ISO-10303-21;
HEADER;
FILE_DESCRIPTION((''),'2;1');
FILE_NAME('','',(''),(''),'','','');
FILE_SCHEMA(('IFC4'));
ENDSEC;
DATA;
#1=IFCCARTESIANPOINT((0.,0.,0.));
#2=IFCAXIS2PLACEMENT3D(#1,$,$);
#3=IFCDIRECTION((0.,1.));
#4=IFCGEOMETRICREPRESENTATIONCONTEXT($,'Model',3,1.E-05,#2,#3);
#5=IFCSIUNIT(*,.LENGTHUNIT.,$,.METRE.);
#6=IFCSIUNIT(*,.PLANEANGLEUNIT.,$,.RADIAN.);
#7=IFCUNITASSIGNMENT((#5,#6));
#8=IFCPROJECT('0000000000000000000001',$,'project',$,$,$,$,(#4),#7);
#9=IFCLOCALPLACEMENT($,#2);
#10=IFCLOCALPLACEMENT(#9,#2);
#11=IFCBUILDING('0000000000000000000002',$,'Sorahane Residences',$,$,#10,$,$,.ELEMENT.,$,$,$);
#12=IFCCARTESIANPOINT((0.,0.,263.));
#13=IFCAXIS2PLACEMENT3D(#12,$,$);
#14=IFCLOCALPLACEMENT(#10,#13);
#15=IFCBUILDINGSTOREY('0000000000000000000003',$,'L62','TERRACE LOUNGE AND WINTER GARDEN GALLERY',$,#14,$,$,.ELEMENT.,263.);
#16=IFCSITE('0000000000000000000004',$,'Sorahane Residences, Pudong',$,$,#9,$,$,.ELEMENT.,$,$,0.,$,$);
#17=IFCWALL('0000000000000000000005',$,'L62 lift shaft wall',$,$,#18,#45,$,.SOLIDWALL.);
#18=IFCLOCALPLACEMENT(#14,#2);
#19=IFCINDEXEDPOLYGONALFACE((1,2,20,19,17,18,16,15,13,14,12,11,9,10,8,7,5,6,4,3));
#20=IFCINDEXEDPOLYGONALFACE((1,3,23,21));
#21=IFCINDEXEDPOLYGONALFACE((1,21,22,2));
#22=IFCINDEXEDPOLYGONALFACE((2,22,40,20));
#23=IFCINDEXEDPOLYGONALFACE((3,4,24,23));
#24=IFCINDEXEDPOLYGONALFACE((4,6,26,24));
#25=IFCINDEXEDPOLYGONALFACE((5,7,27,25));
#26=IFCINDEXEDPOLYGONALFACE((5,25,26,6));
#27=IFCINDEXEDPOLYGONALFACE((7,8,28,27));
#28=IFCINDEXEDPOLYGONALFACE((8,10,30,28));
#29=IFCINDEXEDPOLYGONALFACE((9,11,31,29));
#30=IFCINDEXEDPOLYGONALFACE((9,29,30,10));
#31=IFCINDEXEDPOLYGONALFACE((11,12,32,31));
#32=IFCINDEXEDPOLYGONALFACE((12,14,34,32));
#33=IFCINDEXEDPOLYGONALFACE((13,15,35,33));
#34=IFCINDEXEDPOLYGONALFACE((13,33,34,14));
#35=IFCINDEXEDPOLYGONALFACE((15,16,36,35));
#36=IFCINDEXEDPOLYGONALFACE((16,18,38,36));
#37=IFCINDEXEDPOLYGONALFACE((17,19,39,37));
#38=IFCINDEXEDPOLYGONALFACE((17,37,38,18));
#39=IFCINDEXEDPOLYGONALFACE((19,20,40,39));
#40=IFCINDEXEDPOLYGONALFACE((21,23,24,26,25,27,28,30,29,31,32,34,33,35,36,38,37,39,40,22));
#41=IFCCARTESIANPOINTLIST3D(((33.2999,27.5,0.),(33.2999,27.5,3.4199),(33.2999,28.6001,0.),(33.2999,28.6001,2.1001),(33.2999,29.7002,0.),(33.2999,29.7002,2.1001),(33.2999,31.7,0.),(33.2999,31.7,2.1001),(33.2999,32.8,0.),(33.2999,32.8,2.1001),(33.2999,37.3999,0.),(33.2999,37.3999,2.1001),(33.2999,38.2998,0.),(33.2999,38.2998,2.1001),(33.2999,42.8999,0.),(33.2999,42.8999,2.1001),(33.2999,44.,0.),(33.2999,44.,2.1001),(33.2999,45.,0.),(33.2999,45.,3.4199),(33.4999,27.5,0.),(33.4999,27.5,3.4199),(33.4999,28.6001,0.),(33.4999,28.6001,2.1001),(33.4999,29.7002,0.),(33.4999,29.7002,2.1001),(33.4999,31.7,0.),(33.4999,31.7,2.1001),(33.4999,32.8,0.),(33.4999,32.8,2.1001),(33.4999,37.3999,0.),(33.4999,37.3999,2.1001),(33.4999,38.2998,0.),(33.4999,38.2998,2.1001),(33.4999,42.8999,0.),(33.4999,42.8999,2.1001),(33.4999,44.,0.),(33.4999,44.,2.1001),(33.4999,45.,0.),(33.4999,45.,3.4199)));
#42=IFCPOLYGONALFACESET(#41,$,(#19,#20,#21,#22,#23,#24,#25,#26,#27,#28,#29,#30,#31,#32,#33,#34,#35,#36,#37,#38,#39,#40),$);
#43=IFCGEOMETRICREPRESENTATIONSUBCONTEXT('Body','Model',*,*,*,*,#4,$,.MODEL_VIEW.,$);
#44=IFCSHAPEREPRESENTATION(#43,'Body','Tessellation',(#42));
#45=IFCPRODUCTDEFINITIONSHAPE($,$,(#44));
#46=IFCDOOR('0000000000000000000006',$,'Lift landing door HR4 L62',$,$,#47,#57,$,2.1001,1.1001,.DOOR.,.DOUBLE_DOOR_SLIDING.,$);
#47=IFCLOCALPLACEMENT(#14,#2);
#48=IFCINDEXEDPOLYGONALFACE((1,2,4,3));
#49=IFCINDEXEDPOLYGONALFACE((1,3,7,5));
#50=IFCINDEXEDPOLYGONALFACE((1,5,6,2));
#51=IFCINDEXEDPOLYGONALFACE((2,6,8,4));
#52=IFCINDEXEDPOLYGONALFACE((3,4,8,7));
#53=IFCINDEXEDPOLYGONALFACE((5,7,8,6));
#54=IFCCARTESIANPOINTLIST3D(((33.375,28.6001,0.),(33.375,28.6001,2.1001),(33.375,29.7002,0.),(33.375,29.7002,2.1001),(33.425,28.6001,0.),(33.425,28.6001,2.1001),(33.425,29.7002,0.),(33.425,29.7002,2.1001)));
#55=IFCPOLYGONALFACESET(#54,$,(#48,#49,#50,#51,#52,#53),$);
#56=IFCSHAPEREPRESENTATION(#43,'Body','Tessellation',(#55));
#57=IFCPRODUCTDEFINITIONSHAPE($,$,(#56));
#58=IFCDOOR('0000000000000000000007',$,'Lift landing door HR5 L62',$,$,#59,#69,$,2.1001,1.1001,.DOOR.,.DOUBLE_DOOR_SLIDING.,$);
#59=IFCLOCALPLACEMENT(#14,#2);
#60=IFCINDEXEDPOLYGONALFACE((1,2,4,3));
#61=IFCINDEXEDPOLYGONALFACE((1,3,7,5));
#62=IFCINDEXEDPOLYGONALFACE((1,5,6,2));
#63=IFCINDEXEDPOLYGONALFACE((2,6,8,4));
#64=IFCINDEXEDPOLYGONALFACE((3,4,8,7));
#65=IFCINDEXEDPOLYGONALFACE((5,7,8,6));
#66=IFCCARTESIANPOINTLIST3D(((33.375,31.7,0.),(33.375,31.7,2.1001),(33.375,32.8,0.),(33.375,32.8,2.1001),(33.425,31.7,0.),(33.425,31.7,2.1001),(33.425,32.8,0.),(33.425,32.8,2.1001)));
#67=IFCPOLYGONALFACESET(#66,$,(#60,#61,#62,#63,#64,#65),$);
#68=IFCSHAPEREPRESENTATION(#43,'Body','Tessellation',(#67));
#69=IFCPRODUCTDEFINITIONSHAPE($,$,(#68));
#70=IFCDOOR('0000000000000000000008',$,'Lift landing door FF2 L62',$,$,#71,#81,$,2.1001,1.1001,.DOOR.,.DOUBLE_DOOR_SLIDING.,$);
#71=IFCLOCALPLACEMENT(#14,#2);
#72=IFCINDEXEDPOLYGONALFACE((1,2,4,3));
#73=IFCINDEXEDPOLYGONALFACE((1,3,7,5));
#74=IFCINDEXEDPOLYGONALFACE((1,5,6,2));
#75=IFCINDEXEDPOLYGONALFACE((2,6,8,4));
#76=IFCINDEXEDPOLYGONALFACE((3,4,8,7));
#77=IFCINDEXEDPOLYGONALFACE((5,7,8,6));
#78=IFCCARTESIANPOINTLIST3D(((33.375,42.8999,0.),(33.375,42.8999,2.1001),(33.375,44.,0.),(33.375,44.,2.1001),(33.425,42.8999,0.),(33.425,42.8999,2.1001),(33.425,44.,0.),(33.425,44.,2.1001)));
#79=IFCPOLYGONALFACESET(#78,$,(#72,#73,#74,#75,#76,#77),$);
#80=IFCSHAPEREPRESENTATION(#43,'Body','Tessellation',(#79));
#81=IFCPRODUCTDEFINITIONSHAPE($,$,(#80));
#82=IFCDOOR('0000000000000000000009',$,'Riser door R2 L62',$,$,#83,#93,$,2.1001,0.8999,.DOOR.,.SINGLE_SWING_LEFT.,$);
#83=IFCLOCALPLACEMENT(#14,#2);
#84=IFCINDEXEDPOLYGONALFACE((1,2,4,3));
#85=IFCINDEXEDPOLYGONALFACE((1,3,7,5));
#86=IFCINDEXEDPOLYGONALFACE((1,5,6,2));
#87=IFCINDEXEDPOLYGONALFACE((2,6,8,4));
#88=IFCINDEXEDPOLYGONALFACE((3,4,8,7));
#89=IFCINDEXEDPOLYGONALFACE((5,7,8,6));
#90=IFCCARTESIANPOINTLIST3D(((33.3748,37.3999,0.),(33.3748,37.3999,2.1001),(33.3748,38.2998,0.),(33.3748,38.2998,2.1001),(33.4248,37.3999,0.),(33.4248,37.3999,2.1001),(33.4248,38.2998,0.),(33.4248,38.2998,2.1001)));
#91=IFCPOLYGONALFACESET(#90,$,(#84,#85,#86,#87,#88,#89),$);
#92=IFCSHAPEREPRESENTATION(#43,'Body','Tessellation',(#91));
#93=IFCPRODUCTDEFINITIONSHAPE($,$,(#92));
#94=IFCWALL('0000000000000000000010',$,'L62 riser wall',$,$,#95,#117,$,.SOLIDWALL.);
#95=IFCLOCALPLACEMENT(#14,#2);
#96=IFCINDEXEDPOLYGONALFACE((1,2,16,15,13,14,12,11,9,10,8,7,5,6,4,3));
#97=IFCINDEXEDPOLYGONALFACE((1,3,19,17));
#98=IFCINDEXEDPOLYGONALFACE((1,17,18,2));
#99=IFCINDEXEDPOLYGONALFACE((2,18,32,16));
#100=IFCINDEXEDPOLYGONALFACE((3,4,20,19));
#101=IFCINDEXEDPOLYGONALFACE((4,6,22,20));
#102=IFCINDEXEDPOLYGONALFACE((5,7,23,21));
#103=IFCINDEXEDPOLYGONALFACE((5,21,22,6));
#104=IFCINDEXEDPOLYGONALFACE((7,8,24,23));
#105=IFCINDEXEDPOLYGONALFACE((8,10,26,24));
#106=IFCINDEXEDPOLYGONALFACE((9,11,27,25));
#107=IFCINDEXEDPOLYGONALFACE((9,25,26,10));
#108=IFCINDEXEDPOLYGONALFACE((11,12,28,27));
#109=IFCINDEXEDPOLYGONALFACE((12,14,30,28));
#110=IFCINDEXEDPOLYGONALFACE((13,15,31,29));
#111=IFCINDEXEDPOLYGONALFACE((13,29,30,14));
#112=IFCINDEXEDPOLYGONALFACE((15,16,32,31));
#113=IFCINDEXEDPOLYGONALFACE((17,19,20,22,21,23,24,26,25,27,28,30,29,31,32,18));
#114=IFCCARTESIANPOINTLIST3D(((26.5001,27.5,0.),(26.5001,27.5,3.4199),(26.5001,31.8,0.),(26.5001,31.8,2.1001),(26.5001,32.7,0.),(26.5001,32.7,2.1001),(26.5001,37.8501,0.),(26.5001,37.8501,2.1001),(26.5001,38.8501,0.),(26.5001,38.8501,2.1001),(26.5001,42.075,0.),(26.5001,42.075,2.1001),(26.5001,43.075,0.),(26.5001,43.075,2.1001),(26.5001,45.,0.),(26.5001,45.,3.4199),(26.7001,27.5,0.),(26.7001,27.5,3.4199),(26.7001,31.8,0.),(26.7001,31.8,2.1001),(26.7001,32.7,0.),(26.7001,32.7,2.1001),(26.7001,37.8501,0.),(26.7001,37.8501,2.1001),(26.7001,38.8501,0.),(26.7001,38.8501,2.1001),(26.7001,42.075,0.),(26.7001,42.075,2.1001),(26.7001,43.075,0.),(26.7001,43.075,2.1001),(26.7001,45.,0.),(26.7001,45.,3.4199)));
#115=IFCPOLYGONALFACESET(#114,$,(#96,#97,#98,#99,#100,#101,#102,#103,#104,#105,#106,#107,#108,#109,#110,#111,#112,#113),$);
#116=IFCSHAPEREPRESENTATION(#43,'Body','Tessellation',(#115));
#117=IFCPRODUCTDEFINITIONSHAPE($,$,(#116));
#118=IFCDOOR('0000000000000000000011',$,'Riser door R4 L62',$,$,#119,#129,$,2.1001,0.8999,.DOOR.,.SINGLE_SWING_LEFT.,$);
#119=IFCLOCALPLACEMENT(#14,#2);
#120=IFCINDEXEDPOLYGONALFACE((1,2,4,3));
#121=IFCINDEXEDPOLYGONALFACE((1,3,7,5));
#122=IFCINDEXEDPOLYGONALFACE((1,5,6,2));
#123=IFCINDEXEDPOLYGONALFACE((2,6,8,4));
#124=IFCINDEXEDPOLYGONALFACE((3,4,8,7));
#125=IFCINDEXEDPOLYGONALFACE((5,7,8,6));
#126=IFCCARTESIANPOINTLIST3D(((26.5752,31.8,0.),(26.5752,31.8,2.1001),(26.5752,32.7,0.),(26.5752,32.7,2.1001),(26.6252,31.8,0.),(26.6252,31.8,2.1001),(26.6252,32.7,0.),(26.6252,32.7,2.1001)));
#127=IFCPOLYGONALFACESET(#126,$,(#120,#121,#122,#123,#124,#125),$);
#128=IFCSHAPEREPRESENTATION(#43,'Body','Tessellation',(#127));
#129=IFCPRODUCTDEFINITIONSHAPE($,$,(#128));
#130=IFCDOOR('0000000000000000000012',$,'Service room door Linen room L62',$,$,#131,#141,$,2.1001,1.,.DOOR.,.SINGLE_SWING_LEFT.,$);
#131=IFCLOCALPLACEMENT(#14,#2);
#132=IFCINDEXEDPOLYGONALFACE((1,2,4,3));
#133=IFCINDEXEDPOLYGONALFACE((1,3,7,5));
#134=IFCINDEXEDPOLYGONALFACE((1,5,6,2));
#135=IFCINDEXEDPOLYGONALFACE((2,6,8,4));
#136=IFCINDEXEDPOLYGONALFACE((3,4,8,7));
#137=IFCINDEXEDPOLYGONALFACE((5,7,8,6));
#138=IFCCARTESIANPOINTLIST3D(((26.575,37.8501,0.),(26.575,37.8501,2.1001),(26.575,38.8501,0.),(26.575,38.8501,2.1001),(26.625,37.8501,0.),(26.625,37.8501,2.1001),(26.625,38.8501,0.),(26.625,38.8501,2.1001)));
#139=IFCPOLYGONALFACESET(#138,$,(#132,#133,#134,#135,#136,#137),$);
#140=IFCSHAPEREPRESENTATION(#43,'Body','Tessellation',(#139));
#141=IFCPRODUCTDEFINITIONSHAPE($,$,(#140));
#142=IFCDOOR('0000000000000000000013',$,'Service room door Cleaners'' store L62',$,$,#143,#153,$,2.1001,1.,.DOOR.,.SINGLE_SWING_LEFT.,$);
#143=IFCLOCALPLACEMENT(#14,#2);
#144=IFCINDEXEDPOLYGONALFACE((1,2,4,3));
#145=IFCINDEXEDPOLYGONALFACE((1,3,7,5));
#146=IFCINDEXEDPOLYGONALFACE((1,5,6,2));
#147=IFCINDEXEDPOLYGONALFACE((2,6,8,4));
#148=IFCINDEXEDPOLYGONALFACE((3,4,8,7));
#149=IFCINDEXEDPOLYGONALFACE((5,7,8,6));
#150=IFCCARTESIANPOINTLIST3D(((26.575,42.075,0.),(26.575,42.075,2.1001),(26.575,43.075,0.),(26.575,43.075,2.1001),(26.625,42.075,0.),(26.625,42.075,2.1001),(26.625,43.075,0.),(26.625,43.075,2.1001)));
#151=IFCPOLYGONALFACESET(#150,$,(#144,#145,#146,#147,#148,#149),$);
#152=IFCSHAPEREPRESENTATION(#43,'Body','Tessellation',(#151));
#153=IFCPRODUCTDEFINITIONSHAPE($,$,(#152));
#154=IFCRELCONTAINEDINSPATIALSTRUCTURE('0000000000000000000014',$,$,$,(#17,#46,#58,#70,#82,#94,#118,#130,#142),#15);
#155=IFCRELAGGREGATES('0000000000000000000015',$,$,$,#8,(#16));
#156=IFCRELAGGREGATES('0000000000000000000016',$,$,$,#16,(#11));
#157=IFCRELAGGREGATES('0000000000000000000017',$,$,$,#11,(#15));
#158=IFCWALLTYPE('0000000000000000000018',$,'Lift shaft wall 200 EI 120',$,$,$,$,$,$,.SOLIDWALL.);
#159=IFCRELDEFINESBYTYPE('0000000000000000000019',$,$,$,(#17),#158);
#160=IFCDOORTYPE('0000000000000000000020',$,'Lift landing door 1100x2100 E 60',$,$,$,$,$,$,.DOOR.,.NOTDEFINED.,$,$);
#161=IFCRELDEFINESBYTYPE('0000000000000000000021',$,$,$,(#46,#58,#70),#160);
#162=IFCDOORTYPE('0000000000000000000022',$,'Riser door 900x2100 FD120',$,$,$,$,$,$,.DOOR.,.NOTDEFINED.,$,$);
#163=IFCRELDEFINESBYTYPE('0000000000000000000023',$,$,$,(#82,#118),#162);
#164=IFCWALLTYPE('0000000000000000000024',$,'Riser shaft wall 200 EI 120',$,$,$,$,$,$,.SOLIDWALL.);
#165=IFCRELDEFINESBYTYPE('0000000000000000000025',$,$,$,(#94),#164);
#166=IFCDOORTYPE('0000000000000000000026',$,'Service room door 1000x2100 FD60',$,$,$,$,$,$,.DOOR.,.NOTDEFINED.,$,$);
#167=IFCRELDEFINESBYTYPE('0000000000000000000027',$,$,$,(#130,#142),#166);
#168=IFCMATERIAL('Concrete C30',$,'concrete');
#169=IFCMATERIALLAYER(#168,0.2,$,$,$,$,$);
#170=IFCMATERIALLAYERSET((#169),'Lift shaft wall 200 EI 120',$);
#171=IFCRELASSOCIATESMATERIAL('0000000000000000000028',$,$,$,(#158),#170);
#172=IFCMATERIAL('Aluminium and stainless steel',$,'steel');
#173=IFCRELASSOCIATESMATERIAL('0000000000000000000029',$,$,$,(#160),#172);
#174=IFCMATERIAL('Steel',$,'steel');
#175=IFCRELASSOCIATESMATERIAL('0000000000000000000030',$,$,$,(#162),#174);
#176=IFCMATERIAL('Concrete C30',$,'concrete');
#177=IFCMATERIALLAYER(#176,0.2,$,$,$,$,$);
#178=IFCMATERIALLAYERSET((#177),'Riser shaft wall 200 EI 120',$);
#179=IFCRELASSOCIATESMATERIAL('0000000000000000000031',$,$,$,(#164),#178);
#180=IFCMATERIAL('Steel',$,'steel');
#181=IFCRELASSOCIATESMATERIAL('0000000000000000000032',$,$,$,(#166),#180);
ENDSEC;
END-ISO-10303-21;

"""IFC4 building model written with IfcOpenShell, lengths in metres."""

from ifc_helpers import new_model, si_unit, direction, frame, frame_2d, origin, place, context, subcontext, project, spatial, rectangle, extrude, material, layer, layer_set, type_object, element, fill, save


model = new_model("IFC4")

# Units and contexts
model_context = context("Model", 3, precision=1e-05, world=origin(), true_north=direction((0.0, 1.0)))
body_context = subcontext(model_context, "Body", "Model", "MODEL_VIEW")
ifc_project = project(units=[si_unit("LENGTHUNIT", "METRE"), si_unit("PLANEANGLEUNIT", "RADIAN")], contexts=[model_context])

# Site, building, storey
site_placement = place(None, origin())
site = spatial("IfcSite", under=ifc_project, at=site_placement, Name="Sorahane Residences, Pudong", CompositionType="ELEMENT", RefElevation=0.0)
building_placement = place(site_placement, origin())
building = spatial("IfcBuilding", under=site, at=building_placement, Name="Sorahane Residences", CompositionType="ELEMENT")
storey_placement = place(building_placement, frame((0.0, 0.0, 263.0)))
storey = spatial("IfcBuildingStorey", under=building, at=storey_placement, Name="L62", Description="TERRACE LOUNGE AND WINTER GARDEN GALLERY", CompositionType="ELEMENT", Elevation=263.0)

# Walls, openings, doors
ifc_material_1 = material(Name="Concrete C30", Category="concrete")
ifc_layer_1 = layer(ifc_material_1, 0.2)
ifc_layer_set_1 = layer_set([ifc_layer_1], Name="Lift shaft wall 200 EI 120")
wall_type_1 = type_object("IfcWallType", Name="Lift shaft wall 200 EI 120", PredefinedType="SOLIDWALL", material=ifc_layer_set_1)
wall_1_placement = place(storey_placement, frame((33.3999, 27.5, 0.0), z_axis=(0.0, 0.0, 1.0), x_axis=(0.0, 1.0, 0.0)))
wall_1 = element("IfcWall", 1, at=wall_1_placement, inside=storey, type_object=wall_type_1, Name="L62 lift shaft wall", PredefinedType="SOLIDWALL", context=body_context, shape_type="SweptSolid", body=[
    extrude(rectangle(XDim=17.5, YDim=0.2, at=frame_2d((8.75, 0.0))), origin(), (0.0, 0.0, 1.0), 3.4199),
])
opening_1_placement = place(wall_1_placement, frame((1.1001, 0.0, 0.0)))
opening_1 = element("IfcOpeningElement", 2, at=opening_1_placement, cuts=wall_1, PredefinedType="OPENING", context=body_context, shape_type="SweptSolid", body=[
    extrude(rectangle(XDim=1.1001, YDim=2.1001, at=frame_2d((0.55, 1.05))), frame((0.0, 0.1099, 0.0), z_axis=(0.0, -1.0, 0.0), x_axis=(1.0, 0.0, 0.0)), (0.0, 0.0, 1.0), 0.22),
])
opening_2_placement = place(wall_1_placement, frame((4.2, 0.0, 0.0)))
opening_2 = element("IfcOpeningElement", 3, at=opening_2_placement, cuts=wall_1, PredefinedType="OPENING", context=body_context, shape_type="SweptSolid", body=[
    extrude(rectangle(XDim=1.1001, YDim=2.1001, at=frame_2d((0.55, 1.05))), frame((0.0, 0.1099, 0.0), z_axis=(0.0, -1.0, 0.0), x_axis=(1.0, 0.0, 0.0)), (0.0, 0.0, 1.0), 0.22),
])
opening_3_placement = place(wall_1_placement, frame((15.3999, 0.0, 0.0)))
opening_3 = element("IfcOpeningElement", 4, at=opening_3_placement, cuts=wall_1, PredefinedType="OPENING", context=body_context, shape_type="SweptSolid", body=[
    extrude(rectangle(XDim=1.1001, YDim=2.1001, at=frame_2d((0.55, 1.05))), frame((0.0, 0.1099, 0.0), z_axis=(0.0, -1.0, 0.0), x_axis=(1.0, 0.0, 0.0)), (0.0, 0.0, 1.0), 0.22),
])
opening_4_placement = place(wall_1_placement, frame((9.8999, 0.0, 0.0)))
opening_4 = element("IfcOpeningElement", 5, at=opening_4_placement, cuts=wall_1, PredefinedType="OPENING", context=body_context, shape_type="SweptSolid", body=[
    extrude(rectangle(XDim=0.8999, YDim=2.1001, at=frame_2d((0.45, 1.05))), frame((0.0, 0.1099, 0.0), z_axis=(0.0, -1.0, 0.0), x_axis=(1.0, 0.0, 0.0)), (0.0, 0.0, 1.0), 0.22),
])
ifc_material_2 = material(Name="Aluminium and stainless steel", Category="steel")
door_type_1 = type_object("IfcDoorType", Name="Lift landing door 1100x2100 E 60", OperationType="NOTDEFINED", PredefinedType="DOOR", material=ifc_material_2)
door_1_placement = place(opening_1_placement, origin())
door_1 = element("IfcDoor", 6, at=door_1_placement, inside=storey, type_object=door_type_1, Name="Lift landing door HR4 L62", OperationType="DOUBLE_DOOR_SLIDING", OverallHeight=2.1001, OverallWidth=1.1001, PredefinedType="DOOR", context=body_context, shape_type="SweptSolid", body=[
    extrude(rectangle(XDim=1.1001, YDim=2.1001, at=frame_2d((0.55, 1.05))), frame((0.0, 0.0249, 0.0), z_axis=(0.0, -1.0, 0.0), x_axis=(1.0, 0.0, 0.0)), (0.0, 0.0, 1.0), 0.05),
])
fill(opening_1, door_1)
door_2_placement = place(opening_2_placement, origin())
door_2 = element("IfcDoor", 7, at=door_2_placement, inside=storey, type_object=door_type_1, Name="Lift landing door HR5 L62", OperationType="DOUBLE_DOOR_SLIDING", OverallHeight=2.1001, OverallWidth=1.1001, PredefinedType="DOOR", context=body_context, shape_type="SweptSolid", body=[
    extrude(rectangle(XDim=1.1001, YDim=2.1001, at=frame_2d((0.55, 1.05))), frame((0.0, 0.0249, 0.0), z_axis=(0.0, -1.0, 0.0), x_axis=(1.0, 0.0, 0.0)), (0.0, 0.0, 1.0), 0.05),
])
fill(opening_2, door_2)
door_3_placement = place(opening_3_placement, origin())
door_3 = element("IfcDoor", 8, at=door_3_placement, inside=storey, type_object=door_type_1, Name="Lift landing door FF2 L62", OperationType="DOUBLE_DOOR_SLIDING", OverallHeight=2.1001, OverallWidth=1.1001, PredefinedType="DOOR", context=body_context, shape_type="SweptSolid", body=[
    extrude(rectangle(XDim=1.1001, YDim=2.1001, at=frame_2d((0.55, 1.05))), frame((0.0, 0.0249, 0.0), z_axis=(0.0, -1.0, 0.0), x_axis=(1.0, 0.0, 0.0)), (0.0, 0.0, 1.0), 0.05),
])
fill(opening_3, door_3)
ifc_material_3 = material(Name="Steel", Category="steel")
door_type_2 = type_object("IfcDoorType", Name="Riser door 900x2100 FD120", OperationType="NOTDEFINED", PredefinedType="DOOR", material=ifc_material_3)
door_4_placement = place(opening_4_placement, frame((0.8999, 0.0, 0.0), z_axis=(0.0, 0.0, 1.0), x_axis=(-1.0, 0.0, 0.0)))
door_4 = element("IfcDoor", 9, at=door_4_placement, inside=storey, type_object=door_type_2, Name="Riser door R2 L62", OperationType="SINGLE_SWING_LEFT", OverallHeight=2.1001, OverallWidth=0.8999, PredefinedType="DOOR", context=body_context, shape_type="SweptSolid", body=[
    extrude(rectangle(XDim=0.8999, YDim=2.1001, at=frame_2d((0.45, 1.05))), frame((0.0, 0.0249, 0.0), z_axis=(0.0, -1.0, 0.0), x_axis=(1.0, 0.0, 0.0)), (0.0, 0.0, 1.0), 0.05),
])
fill(opening_4, door_4)
ifc_material_4 = material(Name="Concrete C30", Category="concrete")
ifc_layer_2 = layer(ifc_material_4, 0.2)
ifc_layer_set_2 = layer_set([ifc_layer_2], Name="Riser shaft wall 200 EI 120")
wall_type_2 = type_object("IfcWallType", Name="Riser shaft wall 200 EI 120", PredefinedType="SOLIDWALL", material=ifc_layer_set_2)
wall_2_placement = place(storey_placement, frame((26.6001, 27.5, 0.0), z_axis=(0.0, 0.0, 1.0), x_axis=(0.0, 1.0, 0.0)))
wall_2 = element("IfcWall", 10, at=wall_2_placement, inside=storey, type_object=wall_type_2, Name="L62 riser wall", PredefinedType="SOLIDWALL", context=body_context, shape_type="SweptSolid", body=[
    extrude(rectangle(XDim=17.5, YDim=0.2, at=frame_2d((8.75, 0.0))), origin(), (0.0, 0.0, 1.0), 3.4199),
])
opening_5_placement = place(wall_2_placement, frame((4.3, 0.0, 0.0)))
opening_5 = element("IfcOpeningElement", 11, at=opening_5_placement, cuts=wall_2, PredefinedType="OPENING", context=body_context, shape_type="SweptSolid", body=[
    extrude(rectangle(XDim=0.8999, YDim=2.1001, at=frame_2d((0.45, 1.05))), frame((0.0, 0.1099, 0.0), z_axis=(0.0, -1.0, 0.0), x_axis=(1.0, 0.0, 0.0)), (0.0, 0.0, 1.0), 0.22),
])
opening_6_placement = place(wall_2_placement, frame((10.3501, 0.0, 0.0)))
opening_6 = element("IfcOpeningElement", 12, at=opening_6_placement, cuts=wall_2, PredefinedType="OPENING", context=body_context, shape_type="SweptSolid", body=[
    extrude(rectangle(XDim=1.0, YDim=2.1001, at=frame_2d((0.5, 1.05))), frame((0.0, 0.1099, 0.0), z_axis=(0.0, -1.0, 0.0), x_axis=(1.0, 0.0, 0.0)), (0.0, 0.0, 1.0), 0.22),
])
opening_7_placement = place(wall_2_placement, frame((14.575, 0.0, 0.0)))
opening_7 = element("IfcOpeningElement", 13, at=opening_7_placement, cuts=wall_2, PredefinedType="OPENING", context=body_context, shape_type="SweptSolid", body=[
    extrude(rectangle(XDim=1.0, YDim=2.1001, at=frame_2d((0.5, 1.05))), frame((0.0, 0.1099, 0.0), z_axis=(0.0, -1.0, 0.0), x_axis=(1.0, 0.0, 0.0)), (0.0, 0.0, 1.0), 0.22),
])
door_5_placement = place(opening_5_placement, origin())
door_5 = element("IfcDoor", 14, at=door_5_placement, inside=storey, type_object=door_type_2, Name="Riser door R4 L62", OperationType="SINGLE_SWING_LEFT", OverallHeight=2.1001, OverallWidth=0.8999, PredefinedType="DOOR", context=body_context, shape_type="SweptSolid", body=[
    extrude(rectangle(XDim=0.8999, YDim=2.1001, at=frame_2d((0.45, 1.05))), frame((0.0, 0.0249, 0.0), z_axis=(0.0, -1.0, 0.0), x_axis=(1.0, 0.0, 0.0)), (0.0, 0.0, 1.0), 0.05),
])
fill(opening_5, door_5)
ifc_material_5 = material(Name="Steel", Category="steel")
door_type_3 = type_object("IfcDoorType", Name="Service room door 1000x2100 FD60", OperationType="NOTDEFINED", PredefinedType="DOOR", material=ifc_material_5)
door_6_placement = place(opening_6_placement, frame((1.0, 0.0, 0.0), z_axis=(0.0, 0.0, 1.0), x_axis=(-1.0, 0.0, 0.0)))
door_6 = element("IfcDoor", 15, at=door_6_placement, inside=storey, type_object=door_type_3, Name="Service room door Linen room L62", OperationType="SINGLE_SWING_LEFT", OverallHeight=2.1001, OverallWidth=1.0, PredefinedType="DOOR", context=body_context, shape_type="SweptSolid", body=[
    extrude(rectangle(XDim=1.0, YDim=2.1001, at=frame_2d((0.5, 1.05))), frame((0.0, 0.0249, 0.0), z_axis=(0.0, -1.0, 0.0), x_axis=(1.0, 0.0, 0.0)), (0.0, 0.0, 1.0), 0.05),
])
fill(opening_6, door_6)
door_7_placement = place(opening_7_placement, frame((1.0, 0.0, 0.0), z_axis=(0.0, 0.0, 1.0), x_axis=(-1.0, 0.0, 0.0)))
door_7 = element("IfcDoor", 16, at=door_7_placement, inside=storey, type_object=door_type_3, Name="Service room door Cleaners' store L62", OperationType="SINGLE_SWING_LEFT", OverallHeight=2.1001, OverallWidth=1.0, PredefinedType="DOOR", context=body_context, shape_type="SweptSolid", body=[
    extrude(rectangle(XDim=1.0, YDim=2.1001, at=frame_2d((0.5, 1.05))), frame((0.0, 0.0249, 0.0), z_axis=(0.0, -1.0, 0.0), x_axis=(1.0, 0.0, 0.0)), (0.0, 0.0, 1.0), 0.05),
])
fill(opening_7, door_7)

save(model, "model.ifc")
